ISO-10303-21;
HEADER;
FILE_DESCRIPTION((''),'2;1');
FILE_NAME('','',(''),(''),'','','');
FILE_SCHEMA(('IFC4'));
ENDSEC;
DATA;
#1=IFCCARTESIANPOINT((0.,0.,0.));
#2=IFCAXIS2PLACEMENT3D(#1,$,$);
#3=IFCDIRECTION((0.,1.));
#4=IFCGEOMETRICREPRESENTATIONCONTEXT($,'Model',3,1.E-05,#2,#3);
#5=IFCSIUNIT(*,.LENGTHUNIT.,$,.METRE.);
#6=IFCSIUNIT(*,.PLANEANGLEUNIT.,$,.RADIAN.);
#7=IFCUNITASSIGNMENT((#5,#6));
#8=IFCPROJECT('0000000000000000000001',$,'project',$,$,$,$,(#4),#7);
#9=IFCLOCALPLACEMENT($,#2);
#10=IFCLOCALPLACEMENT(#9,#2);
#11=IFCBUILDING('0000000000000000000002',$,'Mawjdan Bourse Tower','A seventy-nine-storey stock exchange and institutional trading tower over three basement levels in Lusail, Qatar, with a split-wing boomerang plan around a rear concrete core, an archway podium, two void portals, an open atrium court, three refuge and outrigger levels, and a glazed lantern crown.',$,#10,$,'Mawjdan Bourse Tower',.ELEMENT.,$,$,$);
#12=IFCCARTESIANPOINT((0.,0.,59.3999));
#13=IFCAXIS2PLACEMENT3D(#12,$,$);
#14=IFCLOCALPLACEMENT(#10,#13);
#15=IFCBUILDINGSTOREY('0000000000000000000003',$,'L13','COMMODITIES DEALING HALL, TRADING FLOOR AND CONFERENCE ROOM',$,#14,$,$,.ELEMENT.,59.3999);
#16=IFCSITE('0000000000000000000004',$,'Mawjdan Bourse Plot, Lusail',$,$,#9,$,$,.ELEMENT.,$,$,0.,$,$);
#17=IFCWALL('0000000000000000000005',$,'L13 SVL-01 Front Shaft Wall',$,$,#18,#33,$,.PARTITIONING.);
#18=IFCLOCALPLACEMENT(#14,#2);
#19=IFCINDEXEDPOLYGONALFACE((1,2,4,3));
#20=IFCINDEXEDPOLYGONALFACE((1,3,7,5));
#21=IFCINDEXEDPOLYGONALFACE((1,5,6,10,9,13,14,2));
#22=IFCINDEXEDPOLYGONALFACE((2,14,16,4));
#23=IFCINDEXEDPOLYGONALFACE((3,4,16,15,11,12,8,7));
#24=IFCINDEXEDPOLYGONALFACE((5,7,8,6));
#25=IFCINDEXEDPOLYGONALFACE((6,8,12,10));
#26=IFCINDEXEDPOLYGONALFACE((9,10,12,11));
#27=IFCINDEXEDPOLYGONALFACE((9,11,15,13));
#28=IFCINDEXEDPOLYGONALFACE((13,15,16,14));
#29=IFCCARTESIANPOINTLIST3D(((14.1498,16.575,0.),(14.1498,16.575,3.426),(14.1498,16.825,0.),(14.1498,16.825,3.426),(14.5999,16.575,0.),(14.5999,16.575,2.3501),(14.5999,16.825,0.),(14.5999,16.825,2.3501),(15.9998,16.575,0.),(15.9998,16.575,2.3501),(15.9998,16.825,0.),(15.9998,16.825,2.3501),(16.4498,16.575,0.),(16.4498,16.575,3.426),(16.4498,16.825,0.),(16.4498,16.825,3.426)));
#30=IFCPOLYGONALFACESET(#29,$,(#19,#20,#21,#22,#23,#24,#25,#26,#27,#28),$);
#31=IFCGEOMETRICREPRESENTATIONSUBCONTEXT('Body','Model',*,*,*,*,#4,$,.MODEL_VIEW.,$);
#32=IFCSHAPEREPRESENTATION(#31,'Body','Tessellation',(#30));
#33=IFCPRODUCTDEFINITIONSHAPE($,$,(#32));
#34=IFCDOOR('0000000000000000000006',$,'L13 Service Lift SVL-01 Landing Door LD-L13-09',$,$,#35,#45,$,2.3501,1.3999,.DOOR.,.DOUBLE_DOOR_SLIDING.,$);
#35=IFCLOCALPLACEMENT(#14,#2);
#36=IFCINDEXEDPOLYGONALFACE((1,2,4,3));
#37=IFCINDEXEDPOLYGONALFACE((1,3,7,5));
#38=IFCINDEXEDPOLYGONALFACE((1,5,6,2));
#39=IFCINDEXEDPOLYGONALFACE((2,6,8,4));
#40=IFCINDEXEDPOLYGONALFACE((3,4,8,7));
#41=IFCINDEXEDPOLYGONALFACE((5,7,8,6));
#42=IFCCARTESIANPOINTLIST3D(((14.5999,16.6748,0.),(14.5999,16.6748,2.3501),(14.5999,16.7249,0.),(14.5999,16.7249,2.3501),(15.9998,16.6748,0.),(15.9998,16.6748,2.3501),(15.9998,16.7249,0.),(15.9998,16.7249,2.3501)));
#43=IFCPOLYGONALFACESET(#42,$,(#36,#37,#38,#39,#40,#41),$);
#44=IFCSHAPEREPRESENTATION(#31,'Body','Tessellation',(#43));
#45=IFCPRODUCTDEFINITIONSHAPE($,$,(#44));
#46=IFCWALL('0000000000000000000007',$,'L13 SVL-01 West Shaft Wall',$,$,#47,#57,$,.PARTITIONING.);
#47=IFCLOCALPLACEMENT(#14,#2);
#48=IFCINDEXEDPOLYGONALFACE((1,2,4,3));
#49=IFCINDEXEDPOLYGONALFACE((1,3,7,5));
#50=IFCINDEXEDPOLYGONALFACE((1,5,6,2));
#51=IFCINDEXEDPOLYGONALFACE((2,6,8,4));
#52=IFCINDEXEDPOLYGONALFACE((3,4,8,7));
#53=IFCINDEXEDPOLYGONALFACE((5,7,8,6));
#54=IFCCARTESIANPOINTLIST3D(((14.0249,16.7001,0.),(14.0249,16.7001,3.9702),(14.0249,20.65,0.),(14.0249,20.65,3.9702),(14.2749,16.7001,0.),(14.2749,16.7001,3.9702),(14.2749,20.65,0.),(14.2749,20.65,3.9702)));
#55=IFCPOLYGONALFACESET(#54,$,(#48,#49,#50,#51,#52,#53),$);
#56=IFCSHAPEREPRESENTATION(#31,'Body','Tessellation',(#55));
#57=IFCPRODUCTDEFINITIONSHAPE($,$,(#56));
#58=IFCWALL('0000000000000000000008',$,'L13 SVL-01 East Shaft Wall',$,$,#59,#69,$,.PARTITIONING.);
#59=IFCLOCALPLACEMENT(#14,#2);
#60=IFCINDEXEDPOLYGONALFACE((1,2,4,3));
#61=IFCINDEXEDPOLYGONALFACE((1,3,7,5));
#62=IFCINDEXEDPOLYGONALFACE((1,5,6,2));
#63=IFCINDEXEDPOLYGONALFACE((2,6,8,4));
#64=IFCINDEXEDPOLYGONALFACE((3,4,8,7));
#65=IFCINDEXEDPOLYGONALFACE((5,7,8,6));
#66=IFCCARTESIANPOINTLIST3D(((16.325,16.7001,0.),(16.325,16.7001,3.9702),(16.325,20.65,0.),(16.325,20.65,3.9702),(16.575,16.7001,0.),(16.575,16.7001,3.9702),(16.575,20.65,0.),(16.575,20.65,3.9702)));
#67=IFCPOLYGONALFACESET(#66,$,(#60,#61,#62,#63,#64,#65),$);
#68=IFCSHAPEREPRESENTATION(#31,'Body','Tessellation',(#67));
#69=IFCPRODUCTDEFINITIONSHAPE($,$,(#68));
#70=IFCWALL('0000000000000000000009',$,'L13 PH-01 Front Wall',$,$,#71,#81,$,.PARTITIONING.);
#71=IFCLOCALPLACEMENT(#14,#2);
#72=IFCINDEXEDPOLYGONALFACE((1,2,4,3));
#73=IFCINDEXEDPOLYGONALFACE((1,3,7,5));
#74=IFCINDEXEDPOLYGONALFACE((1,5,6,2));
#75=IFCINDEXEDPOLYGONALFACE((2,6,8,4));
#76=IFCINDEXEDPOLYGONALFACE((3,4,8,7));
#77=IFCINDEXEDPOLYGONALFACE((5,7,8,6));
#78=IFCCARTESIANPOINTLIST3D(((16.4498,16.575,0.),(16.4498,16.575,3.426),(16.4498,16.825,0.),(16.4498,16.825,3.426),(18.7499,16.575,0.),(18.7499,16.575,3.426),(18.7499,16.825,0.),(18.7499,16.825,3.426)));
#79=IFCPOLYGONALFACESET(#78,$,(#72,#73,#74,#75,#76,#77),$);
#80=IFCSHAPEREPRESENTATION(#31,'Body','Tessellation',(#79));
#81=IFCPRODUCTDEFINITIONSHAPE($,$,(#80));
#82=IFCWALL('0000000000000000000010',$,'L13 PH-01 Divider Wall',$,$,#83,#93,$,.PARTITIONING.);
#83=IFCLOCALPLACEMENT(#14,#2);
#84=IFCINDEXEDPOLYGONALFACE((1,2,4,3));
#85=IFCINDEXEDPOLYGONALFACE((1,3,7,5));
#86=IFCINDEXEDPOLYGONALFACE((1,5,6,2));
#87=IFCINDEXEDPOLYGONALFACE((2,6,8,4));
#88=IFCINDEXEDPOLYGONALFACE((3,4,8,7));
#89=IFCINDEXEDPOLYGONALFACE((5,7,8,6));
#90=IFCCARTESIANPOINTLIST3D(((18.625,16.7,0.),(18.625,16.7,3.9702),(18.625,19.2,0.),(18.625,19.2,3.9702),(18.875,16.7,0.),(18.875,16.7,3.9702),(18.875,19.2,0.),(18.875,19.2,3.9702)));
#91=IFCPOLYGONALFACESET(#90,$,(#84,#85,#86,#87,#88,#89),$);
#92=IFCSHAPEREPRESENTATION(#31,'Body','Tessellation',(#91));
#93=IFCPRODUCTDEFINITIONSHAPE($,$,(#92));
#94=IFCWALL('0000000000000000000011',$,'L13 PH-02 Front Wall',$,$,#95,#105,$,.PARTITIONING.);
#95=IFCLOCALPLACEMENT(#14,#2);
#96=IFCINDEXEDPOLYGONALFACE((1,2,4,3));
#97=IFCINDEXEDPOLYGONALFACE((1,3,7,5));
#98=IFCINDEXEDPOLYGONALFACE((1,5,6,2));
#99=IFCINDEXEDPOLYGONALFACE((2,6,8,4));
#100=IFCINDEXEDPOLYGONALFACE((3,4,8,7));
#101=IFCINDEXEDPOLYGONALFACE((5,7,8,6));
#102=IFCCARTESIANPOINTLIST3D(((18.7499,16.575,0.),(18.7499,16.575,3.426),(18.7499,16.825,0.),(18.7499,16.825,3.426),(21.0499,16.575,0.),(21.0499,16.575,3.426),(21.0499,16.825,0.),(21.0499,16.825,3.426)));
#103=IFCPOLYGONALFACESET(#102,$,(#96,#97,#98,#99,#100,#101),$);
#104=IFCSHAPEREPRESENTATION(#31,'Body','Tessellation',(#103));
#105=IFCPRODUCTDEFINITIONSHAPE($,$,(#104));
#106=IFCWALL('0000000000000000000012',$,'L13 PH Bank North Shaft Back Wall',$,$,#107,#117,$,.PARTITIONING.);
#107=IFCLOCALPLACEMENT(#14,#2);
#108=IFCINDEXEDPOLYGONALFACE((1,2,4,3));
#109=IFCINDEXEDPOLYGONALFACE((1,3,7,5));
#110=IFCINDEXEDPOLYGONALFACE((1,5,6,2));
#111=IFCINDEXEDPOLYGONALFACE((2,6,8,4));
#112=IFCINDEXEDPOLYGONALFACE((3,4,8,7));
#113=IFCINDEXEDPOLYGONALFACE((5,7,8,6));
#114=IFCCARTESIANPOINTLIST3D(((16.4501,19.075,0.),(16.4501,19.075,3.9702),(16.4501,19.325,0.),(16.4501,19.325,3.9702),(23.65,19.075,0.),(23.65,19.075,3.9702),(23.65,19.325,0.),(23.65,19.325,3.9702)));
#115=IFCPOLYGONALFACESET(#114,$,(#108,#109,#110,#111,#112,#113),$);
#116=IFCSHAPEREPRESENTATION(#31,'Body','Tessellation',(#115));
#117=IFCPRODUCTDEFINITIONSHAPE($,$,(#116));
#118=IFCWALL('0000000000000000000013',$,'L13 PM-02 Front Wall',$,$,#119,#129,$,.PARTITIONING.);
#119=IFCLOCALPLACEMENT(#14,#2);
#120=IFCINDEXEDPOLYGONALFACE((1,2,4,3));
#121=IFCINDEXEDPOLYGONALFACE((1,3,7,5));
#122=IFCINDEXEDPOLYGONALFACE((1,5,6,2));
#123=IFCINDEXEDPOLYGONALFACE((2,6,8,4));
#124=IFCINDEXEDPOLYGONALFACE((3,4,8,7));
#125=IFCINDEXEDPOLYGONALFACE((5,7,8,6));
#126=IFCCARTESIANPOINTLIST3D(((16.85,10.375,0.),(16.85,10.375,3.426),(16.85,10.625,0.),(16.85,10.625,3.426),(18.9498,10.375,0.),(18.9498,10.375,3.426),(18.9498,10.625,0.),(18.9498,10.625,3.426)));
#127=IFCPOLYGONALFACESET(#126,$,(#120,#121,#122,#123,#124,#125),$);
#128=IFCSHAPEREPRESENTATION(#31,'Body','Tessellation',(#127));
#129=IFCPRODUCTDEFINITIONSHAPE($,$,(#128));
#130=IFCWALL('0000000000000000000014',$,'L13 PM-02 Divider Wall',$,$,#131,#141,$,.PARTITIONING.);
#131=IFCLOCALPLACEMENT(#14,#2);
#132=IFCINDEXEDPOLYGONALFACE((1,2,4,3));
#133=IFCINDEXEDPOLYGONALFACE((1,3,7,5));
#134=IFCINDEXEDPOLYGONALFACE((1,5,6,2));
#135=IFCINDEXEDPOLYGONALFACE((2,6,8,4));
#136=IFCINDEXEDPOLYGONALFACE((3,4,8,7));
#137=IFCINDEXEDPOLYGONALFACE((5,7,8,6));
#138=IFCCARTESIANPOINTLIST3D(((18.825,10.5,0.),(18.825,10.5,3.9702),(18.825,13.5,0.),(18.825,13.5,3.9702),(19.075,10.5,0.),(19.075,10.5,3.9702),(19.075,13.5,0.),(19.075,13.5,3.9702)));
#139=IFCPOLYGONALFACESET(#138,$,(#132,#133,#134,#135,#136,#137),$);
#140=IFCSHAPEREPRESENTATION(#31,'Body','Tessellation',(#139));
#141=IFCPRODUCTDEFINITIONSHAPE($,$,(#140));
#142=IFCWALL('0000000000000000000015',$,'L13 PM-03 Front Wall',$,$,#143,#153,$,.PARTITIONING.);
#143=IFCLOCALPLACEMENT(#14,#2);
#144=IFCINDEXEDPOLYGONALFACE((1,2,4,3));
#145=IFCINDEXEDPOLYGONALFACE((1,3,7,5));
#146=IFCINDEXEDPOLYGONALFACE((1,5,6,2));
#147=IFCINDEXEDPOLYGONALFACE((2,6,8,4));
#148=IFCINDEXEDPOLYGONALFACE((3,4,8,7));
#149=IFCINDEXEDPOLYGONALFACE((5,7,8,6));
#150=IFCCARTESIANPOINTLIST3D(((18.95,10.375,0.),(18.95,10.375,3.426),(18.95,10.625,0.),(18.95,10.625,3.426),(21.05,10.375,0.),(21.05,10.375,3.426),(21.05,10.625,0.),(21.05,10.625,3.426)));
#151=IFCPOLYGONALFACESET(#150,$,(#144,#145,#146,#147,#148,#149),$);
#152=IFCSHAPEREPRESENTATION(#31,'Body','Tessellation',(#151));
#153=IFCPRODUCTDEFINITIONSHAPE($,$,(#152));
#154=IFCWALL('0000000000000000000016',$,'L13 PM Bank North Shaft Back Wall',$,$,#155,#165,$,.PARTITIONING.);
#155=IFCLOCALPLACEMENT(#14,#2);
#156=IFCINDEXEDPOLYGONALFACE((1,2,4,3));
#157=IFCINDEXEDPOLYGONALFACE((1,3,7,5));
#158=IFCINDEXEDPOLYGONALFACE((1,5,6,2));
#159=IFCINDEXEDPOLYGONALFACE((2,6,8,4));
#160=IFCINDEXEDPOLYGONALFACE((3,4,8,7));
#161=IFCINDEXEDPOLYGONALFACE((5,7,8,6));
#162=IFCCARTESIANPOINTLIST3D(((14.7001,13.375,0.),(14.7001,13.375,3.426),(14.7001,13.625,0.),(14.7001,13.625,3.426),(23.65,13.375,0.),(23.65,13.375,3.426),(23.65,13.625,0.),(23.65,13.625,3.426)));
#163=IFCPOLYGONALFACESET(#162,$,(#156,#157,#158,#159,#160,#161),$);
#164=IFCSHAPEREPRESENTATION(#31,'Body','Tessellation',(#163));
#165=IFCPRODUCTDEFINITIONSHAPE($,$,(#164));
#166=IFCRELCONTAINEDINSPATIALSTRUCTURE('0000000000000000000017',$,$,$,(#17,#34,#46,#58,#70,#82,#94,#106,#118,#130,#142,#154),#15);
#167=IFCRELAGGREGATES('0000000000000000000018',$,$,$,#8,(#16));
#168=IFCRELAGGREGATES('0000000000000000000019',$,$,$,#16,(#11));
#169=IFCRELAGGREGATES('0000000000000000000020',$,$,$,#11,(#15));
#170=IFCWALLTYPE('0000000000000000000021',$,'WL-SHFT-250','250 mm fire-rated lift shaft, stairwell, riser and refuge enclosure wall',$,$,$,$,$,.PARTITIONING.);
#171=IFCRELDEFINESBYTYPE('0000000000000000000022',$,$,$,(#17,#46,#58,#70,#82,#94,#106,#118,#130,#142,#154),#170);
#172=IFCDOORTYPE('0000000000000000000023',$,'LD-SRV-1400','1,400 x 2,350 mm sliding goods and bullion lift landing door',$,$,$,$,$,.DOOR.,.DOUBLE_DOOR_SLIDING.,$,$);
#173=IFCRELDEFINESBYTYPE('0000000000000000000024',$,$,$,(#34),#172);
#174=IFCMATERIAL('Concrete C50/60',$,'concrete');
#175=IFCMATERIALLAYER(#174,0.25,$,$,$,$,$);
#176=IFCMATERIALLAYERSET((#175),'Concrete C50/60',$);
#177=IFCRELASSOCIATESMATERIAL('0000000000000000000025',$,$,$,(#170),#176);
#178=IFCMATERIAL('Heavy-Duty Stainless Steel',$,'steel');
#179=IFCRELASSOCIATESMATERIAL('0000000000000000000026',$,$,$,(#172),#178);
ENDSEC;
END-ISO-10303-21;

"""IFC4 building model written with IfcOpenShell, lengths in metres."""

from ifc_helpers import new_model, si_unit, direction, frame, frame_2d, origin, place, context, subcontext, project, spatial, rectangle, extrude, material, layer, layer_set, type_object, element, fill, save


model = new_model("IFC4")

# Units and contexts
model_context = context("Model", 3, precision=1e-05, world=origin(), true_north=direction((0.0, 1.0)))
body_context = subcontext(model_context, "Body", "Model", "MODEL_VIEW")
ifc_project = project(units=[si_unit("LENGTHUNIT", "METRE"), si_unit("PLANEANGLEUNIT", "RADIAN")], contexts=[model_context])

# Site, building, storey
site_placement = place(None, origin())
site = spatial("IfcSite", under=ifc_project, at=site_placement, Name="Mawjdan Bourse Plot, Lusail", CompositionType="ELEMENT", RefElevation=0.0)
building_placement = place(site_placement, origin())
building = spatial("IfcBuilding", under=site, at=building_placement, Name="Mawjdan Bourse Tower", Description="A seventy-nine-storey stock exchange and institutional trading tower over three basement levels in Lusail, Qatar, with a split-wing boomerang plan around a rear concrete core, an archway podium, two void portals, an open atrium court, three refuge and outrigger levels, and a glazed lantern crown.", LongName="Mawjdan Bourse Tower", CompositionType="ELEMENT")
storey_placement = place(building_placement, frame((0.0, 0.0, 59.3999)))
storey = spatial("IfcBuildingStorey", under=building, at=storey_placement, Name="L13", Description="COMMODITIES DEALING HALL, TRADING FLOOR AND CONFERENCE ROOM", CompositionType="ELEMENT", Elevation=59.3999)

# Shared definitions
ifc_material_1 = material(Name="Concrete C50/60", Category="concrete")
ifc_layer_1 = layer(ifc_material_1, 0.25)
ifc_layer_set_1 = layer_set([ifc_layer_1], Name="Concrete C50/60")
wall_type_1 = type_object("IfcWallType", Name="WL-SHFT-250", Description="250 mm fire-rated lift shaft, stairwell, riser and refuge enclosure wall", PredefinedType="PARTITIONING", material=ifc_layer_set_1)

# Wall, opening, door
wall_1_placement = place(storey_placement, frame((14.1499, 16.7, 0.0), z_axis=(0.0, 0.0, 1.0), x_axis=(1.0, 0.0, 0.0)))
wall_1 = element("IfcWall", 1, at=wall_1_placement, inside=storey, type_object=wall_type_1, Name="L13 SVL-01 Front Shaft Wall", PredefinedType="PARTITIONING", context=body_context, shape_type="SweptSolid", body=[
    extrude(rectangle(XDim=2.3, YDim=0.25, at=frame_2d((1.1499, 0.0))), origin(), (0.0, 0.0, 1.0), 3.426),
])
opening_1_placement = place(wall_1_placement, frame((0.45, 0.0, 0.0)))
opening_1 = element("IfcOpeningElement", 2, at=opening_1_placement, cuts=wall_1, PredefinedType="OPENING", context=body_context, shape_type="SweptSolid", body=[
    extrude(rectangle(XDim=1.3999, YDim=2.3501, at=frame_2d((0.7, 1.175))), frame((0.0, 0.135, 0.0), z_axis=(0.0, -1.0, 0.0), x_axis=(1.0, 0.0, 0.0)), (0.0, 0.0, 1.0), 0.27),
])
ifc_material_2 = material(Name="Heavy-Duty Stainless Steel", Category="steel")
door_type_1 = type_object("IfcDoorType", Name="LD-SRV-1400", Description="1,400 x 2,350 mm sliding goods and bullion lift landing door", OperationType="DOUBLE_DOOR_SLIDING", PredefinedType="DOOR", material=ifc_material_2)
door_1_placement = place(opening_1_placement, origin())
door_1 = element("IfcDoor", 3, at=door_1_placement, inside=storey, type_object=door_type_1, Name="L13 Service Lift SVL-01 Landing Door LD-L13-09", OperationType="DOUBLE_DOOR_SLIDING", OverallHeight=2.3501, OverallWidth=1.3999, PredefinedType="DOOR", context=body_context, shape_type="SweptSolid", body=[
    extrude(rectangle(XDim=1.3999, YDim=2.3501, at=frame_2d((0.7, 1.175))), frame((0.0, 0.0249, 0.0), z_axis=(0.0, -1.0, 0.0), x_axis=(1.0, 0.0, 0.0)), (0.0, 0.0, 1.0), 0.05),
])
fill(opening_1, door_1)

# Walls
for number, where, z_axis, x_axis, name in (
    (4, (14.1499, 16.7, 0.0), (0.0, 0.0, 1.0), (0.0, 1.0, 0.0), "L13 SVL-01 West Shaft Wall"),
    (5, (16.45, 16.7, 0.0), (0.0, 0.0, 1.0), (0.0, 1.0, 0.0), "L13 SVL-01 East Shaft Wall"),
):
    element("IfcWall", number, at=place(storey_placement, frame(where, z_axis=z_axis, x_axis=x_axis)), inside=storey, type_object=wall_type_1, Name=name, PredefinedType="PARTITIONING", context=body_context, shape_type="SweptSolid", body=[
        extrude(rectangle(XDim=3.95, YDim=0.25, at=frame_2d((1.9751, 0.0))), origin(), (0.0, 0.0, 1.0), 3.9702),
    ])
wall_2_placement = place(storey_placement, frame((16.45, 16.7, 0.0), z_axis=(0.0, 0.0, 1.0), x_axis=(1.0, 0.0, 0.0)))
element("IfcWall", 6, at=wall_2_placement, inside=storey, type_object=wall_type_1, Name="L13 PH-01 Front Wall", PredefinedType="PARTITIONING", context=body_context, shape_type="SweptSolid", body=[
    extrude(rectangle(XDim=2.3, YDim=0.25, at=frame_2d((1.1499, 0.0))), origin(), (0.0, 0.0, 1.0), 3.426),
])
wall_3_placement = place(storey_placement, frame((18.75, 16.7, 0.0), z_axis=(0.0, 0.0, 1.0), x_axis=(0.0, 1.0, 0.0)))
element("IfcWall", 7, at=wall_3_placement, inside=storey, type_object=wall_type_1, Name="L13 PH-01 Divider Wall", PredefinedType="PARTITIONING", context=body_context, shape_type="SweptSolid", body=[
    extrude(rectangle(XDim=2.5, YDim=0.25, at=frame_2d((1.25, 0.0))), origin(), (0.0, 0.0, 1.0), 3.9702),
])
wall_4_placement = place(storey_placement, frame((18.75, 16.7, 0.0), z_axis=(0.0, 0.0, 1.0), x_axis=(1.0, 0.0, 0.0)))
element("IfcWall", 8, at=wall_4_placement, inside=storey, type_object=wall_type_1, Name="L13 PH-02 Front Wall", PredefinedType="PARTITIONING", context=body_context, shape_type="SweptSolid", body=[
    extrude(rectangle(XDim=2.3, YDim=0.25, at=frame_2d((1.1499, 0.0))), origin(), (0.0, 0.0, 1.0), 3.426),
])
wall_5_placement = place(storey_placement, frame((16.45, 19.2, 0.0), z_axis=(0.0, 0.0, 1.0), x_axis=(1.0, 0.0, 0.0)))
element("IfcWall", 9, at=wall_5_placement, inside=storey, type_object=wall_type_1, Name="L13 PH Bank North Shaft Back Wall", PredefinedType="PARTITIONING", context=body_context, shape_type="SweptSolid", body=[
    extrude(rectangle(XDim=7.2, YDim=0.25, at=frame_2d((3.6001, 0.0))), origin(), (0.0, 0.0, 1.0), 3.9702),
])
wall_6_placement = place(storey_placement, frame((16.8501, 10.5, 0.0), z_axis=(0.0, 0.0, 1.0), x_axis=(1.0, 0.0, 0.0)))
element("IfcWall", 10, at=wall_6_placement, inside=storey, type_object=wall_type_1, Name="L13 PM-02 Front Wall", PredefinedType="PARTITIONING", context=body_context, shape_type="SweptSolid", body=[
    extrude(rectangle(XDim=2.0999, YDim=0.25, at=frame_2d((1.0498, 0.0))), origin(), (0.0, 0.0, 1.0), 3.426),
])
wall_7_placement = place(storey_placement, frame((18.95, 10.5, 0.0), z_axis=(0.0, 0.0, 1.0), x_axis=(0.0, 1.0, 0.0)))
element("IfcWall", 11, at=wall_7_placement, inside=storey, type_object=wall_type_1, Name="L13 PM-02 Divider Wall", PredefinedType="PARTITIONING", context=body_context, shape_type="SweptSolid", body=[
    extrude(rectangle(XDim=3.0, YDim=0.25, at=frame_2d((1.5, 0.0))), origin(), (0.0, 0.0, 1.0), 3.9702),
])
wall_8_placement = place(storey_placement, frame((18.95, 10.5, 0.0), z_axis=(0.0, 0.0, 1.0), x_axis=(1.0, 0.0, 0.0)))
element("IfcWall", 12, at=wall_8_placement, inside=storey, type_object=wall_type_1, Name="L13 PM-03 Front Wall", PredefinedType="PARTITIONING", context=body_context, shape_type="SweptSolid", body=[
    extrude(rectangle(XDim=2.1001, YDim=0.25, at=frame_2d((1.05, 0.0))), origin(), (0.0, 0.0, 1.0), 3.426),
])
wall_9_placement = place(storey_placement, frame((14.7, 13.5, 0.0), z_axis=(0.0, 0.0, 1.0), x_axis=(1.0, 0.0, 0.0)))
element("IfcWall", 13, at=wall_9_placement, inside=storey, type_object=wall_type_1, Name="L13 PM Bank North Shaft Back Wall", PredefinedType="PARTITIONING", context=body_context, shape_type="SweptSolid", body=[
    extrude(rectangle(XDim=8.95, YDim=0.25, at=frame_2d((4.4751, 0.0))), origin(), (0.0, 0.0, 1.0), 3.426),
])

save(model, "model.ifc")
